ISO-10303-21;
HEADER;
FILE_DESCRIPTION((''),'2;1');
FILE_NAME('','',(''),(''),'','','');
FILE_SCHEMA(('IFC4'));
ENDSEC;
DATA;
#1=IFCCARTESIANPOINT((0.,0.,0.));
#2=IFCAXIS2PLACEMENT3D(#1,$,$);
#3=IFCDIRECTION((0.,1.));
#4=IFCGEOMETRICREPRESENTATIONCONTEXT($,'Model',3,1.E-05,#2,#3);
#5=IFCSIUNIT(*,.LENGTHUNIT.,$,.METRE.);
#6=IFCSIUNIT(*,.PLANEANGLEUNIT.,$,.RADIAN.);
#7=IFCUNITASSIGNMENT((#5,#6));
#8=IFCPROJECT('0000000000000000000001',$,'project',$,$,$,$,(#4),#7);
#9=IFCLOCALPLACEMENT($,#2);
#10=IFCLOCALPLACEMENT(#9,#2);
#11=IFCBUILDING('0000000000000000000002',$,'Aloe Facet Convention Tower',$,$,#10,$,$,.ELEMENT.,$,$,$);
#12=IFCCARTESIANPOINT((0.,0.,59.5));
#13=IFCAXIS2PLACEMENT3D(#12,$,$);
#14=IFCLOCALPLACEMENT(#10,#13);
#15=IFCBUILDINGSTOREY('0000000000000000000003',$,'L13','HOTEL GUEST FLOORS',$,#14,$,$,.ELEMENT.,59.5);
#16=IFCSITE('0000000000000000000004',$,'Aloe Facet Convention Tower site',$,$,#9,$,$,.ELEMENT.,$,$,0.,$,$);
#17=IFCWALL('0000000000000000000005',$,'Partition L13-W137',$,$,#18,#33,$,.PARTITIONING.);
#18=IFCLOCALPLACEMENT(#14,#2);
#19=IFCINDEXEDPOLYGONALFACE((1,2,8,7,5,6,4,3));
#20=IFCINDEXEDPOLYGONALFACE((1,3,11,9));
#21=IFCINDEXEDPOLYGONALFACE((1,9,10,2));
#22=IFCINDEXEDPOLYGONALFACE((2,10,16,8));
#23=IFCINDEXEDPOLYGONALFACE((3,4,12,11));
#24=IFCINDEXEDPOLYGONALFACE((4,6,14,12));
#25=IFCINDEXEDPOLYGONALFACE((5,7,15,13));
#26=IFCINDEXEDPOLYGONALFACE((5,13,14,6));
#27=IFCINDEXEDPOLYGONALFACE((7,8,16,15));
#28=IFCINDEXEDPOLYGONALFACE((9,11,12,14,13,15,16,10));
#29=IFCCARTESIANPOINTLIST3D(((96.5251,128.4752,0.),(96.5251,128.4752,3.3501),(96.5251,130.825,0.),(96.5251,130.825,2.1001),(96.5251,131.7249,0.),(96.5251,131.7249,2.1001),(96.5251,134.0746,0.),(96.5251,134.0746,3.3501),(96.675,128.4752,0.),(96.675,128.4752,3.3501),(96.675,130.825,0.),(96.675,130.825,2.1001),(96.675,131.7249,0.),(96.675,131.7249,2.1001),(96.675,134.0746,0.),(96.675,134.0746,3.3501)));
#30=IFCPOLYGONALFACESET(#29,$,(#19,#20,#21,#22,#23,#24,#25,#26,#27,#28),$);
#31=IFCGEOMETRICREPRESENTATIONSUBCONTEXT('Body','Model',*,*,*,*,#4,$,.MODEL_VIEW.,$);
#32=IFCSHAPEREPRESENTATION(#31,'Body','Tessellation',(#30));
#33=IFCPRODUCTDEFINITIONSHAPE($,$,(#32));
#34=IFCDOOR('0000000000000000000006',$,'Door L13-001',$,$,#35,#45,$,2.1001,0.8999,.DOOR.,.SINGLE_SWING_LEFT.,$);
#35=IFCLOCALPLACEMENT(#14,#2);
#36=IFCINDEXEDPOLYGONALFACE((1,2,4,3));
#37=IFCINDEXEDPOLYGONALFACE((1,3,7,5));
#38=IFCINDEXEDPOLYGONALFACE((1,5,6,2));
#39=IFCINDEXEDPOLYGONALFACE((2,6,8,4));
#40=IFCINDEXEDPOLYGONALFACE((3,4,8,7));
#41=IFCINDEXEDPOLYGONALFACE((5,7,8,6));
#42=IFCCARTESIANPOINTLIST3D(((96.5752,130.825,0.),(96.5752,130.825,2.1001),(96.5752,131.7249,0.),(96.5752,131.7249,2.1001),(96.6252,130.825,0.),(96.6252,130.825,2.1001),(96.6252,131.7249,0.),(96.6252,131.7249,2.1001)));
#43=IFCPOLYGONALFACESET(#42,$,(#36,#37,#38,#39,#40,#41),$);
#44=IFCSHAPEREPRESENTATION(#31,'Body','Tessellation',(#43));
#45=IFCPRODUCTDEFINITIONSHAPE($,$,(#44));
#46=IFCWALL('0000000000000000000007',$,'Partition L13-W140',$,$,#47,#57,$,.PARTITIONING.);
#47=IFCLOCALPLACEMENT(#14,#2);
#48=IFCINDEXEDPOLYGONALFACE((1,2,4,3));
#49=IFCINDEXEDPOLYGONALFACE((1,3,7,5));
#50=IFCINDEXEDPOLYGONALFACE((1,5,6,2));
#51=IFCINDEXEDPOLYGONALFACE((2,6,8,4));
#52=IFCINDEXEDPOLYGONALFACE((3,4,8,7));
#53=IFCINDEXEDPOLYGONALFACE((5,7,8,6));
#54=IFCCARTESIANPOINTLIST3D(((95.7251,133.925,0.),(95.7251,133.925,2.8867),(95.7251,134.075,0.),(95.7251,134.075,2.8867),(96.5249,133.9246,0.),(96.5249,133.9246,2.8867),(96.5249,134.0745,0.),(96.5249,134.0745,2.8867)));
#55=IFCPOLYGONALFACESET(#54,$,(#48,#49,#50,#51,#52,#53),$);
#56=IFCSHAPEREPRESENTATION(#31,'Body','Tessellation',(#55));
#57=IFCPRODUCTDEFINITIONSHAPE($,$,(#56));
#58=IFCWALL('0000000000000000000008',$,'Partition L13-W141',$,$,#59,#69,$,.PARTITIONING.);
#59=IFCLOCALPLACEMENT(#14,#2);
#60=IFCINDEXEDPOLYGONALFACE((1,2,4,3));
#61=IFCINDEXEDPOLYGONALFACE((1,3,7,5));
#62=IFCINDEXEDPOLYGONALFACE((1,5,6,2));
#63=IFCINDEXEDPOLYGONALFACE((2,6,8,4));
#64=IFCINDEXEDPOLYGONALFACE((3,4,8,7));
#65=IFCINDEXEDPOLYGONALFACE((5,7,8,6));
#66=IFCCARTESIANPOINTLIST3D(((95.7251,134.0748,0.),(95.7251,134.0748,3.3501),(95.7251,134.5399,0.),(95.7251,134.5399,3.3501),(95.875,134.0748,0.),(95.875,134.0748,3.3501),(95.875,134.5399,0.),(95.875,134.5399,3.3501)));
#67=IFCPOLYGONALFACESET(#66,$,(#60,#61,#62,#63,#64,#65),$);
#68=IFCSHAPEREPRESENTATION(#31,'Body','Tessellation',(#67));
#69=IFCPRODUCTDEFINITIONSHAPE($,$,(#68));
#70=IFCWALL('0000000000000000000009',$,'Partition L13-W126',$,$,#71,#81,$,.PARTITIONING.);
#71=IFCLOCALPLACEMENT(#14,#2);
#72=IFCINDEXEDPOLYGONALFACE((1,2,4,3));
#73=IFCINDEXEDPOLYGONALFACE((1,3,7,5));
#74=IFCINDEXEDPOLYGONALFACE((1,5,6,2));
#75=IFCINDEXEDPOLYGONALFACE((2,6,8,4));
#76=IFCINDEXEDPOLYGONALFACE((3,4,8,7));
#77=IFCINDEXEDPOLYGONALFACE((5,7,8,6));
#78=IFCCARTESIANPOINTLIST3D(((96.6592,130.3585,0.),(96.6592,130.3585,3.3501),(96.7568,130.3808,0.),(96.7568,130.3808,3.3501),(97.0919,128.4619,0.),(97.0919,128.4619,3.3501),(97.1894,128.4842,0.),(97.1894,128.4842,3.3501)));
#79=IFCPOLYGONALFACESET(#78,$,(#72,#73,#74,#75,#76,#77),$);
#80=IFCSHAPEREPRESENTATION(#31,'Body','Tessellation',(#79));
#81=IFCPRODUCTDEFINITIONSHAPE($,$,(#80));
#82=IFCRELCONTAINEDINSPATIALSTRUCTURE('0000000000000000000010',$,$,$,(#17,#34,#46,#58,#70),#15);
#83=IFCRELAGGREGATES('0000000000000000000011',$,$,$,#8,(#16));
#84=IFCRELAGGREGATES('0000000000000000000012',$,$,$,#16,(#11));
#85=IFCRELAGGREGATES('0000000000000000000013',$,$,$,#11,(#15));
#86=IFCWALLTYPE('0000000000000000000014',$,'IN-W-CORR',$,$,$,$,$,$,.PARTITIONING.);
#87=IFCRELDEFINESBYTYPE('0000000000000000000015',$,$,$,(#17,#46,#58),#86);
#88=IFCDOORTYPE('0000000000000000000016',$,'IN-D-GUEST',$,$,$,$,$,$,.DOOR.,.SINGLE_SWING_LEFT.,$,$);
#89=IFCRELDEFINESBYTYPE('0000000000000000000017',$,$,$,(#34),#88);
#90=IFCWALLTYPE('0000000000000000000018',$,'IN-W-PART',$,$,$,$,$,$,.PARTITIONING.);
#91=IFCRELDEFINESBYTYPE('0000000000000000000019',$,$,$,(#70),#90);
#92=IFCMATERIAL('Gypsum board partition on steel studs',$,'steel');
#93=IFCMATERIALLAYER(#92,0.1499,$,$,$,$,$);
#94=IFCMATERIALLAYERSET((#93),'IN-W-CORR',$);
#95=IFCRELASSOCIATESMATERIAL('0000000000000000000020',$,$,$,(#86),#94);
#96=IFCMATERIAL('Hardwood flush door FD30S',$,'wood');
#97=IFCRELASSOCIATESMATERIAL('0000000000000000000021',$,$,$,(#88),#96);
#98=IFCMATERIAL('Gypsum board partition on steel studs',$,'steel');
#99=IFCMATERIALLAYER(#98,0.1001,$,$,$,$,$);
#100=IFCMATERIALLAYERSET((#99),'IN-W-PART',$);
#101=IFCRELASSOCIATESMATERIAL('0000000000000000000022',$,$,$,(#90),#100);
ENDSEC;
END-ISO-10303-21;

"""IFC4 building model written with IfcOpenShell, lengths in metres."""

from ifc_helpers import new_model, si_unit, direction, frame, frame_2d, origin, place, context, subcontext, project, spatial, rectangle, extrude, material, layer, layer_set, type_object, element, fill, save


model = new_model("IFC4")

# Units and contexts
model_context = context("Model", 3, precision=1e-05, world=origin(), true_north=direction((0.0, 1.0)))
body_context = subcontext(model_context, "Body", "Model", "MODEL_VIEW")
ifc_project = project(units=[si_unit("LENGTHUNIT", "METRE"), si_unit("PLANEANGLEUNIT", "RADIAN")], contexts=[model_context])

# Site, building, storey
site_placement = place(None, origin())
site = spatial("IfcSite", under=ifc_project, at=site_placement, Name="Aloe Facet Convention Tower site", CompositionType="ELEMENT", RefElevation=0.0)
building_placement = place(site_placement, origin())
building = spatial("IfcBuilding", under=site, at=building_placement, Name="Aloe Facet Convention Tower", CompositionType="ELEMENT")
storey_placement = place(building_placement, frame((0.0, 0.0, 59.5)))
storey = spatial("IfcBuildingStorey", under=building, at=storey_placement, Name="L13", Description="HOTEL GUEST FLOORS", CompositionType="ELEMENT", Elevation=59.5)

# Shared definitions
ifc_material_1 = material(Name="Gypsum board partition on steel studs", Category="steel")
ifc_layer_1 = layer(ifc_material_1, 0.1499)
ifc_layer_set_1 = layer_set([ifc_layer_1], Name="IN-W-CORR")
wall_type_1 = type_object("IfcWallType", Name="IN-W-CORR", PredefinedType="PARTITIONING", material=ifc_layer_set_1)
ifc_material_2 = material(Name="Hardwood flush door FD30S", Category="wood")
door_type_1 = type_object("IfcDoorType", Name="IN-D-GUEST", OperationType="SINGLE_SWING_LEFT", PredefinedType="DOOR", material=ifc_material_2)

# Wall, opening, door
wall_1_placement = place(storey_placement, frame((96.6001, 128.4751, 0.0), z_axis=(0.0, 0.0, 1.0), x_axis=(0.0, 1.0, 0.0)))
wall_1 = element("IfcWall", 1, at=wall_1_placement, inside=storey, type_object=wall_type_1, Name="Partition L13-W137", PredefinedType="PARTITIONING", context=body_context, shape_type="SweptSolid", body=[
    extrude(rectangle(XDim=5.5994, YDim=0.1499, at=frame_2d((2.7998, 0.0))), origin(), (0.0, 0.0, 1.0), 3.3501),
])
opening_1_placement = place(wall_1_placement, frame((2.3499, 0.0, 0.0)))
opening_1 = element("IfcOpeningElement", 2, at=opening_1_placement, cuts=wall_1, PredefinedType="OPENING", context=body_context, shape_type="SweptSolid", body=[
    extrude(rectangle(XDim=0.8999, YDim=2.1001, at=frame_2d((0.45, 1.05))), frame((0.0, 0.085, 0.0), z_axis=(0.0, -1.0, 0.0), x_axis=(1.0, 0.0, 0.0)), (0.0, 0.0, 1.0), 0.1699),
])
door_1_placement = place(opening_1_placement, origin())
door_1 = element("IfcDoor", 3, at=door_1_placement, inside=storey, type_object=door_type_1, Name="Door L13-001", OperationType="SINGLE_SWING_LEFT", OverallHeight=2.1001, OverallWidth=0.8999, PredefinedType="DOOR", context=body_context, shape_type="SweptSolid", body=[
    extrude(rectangle(XDim=0.8999, YDim=2.1001, at=frame_2d((0.45, 1.05))), frame((0.0, 0.0249, 0.0), z_axis=(0.0, -1.0, 0.0), x_axis=(1.0, 0.0, 0.0)), (0.0, 0.0, 1.0), 0.05),
])
fill(opening_1, door_1)

# Walls
wall_2_placement = place(storey_placement, frame((95.7251, 134.0, 0.0), z_axis=(0.0, 0.0, 1.0), x_axis=(1.0, -0.000611, 0.0)))
element("IfcWall", 4, at=wall_2_placement, inside=storey, type_object=wall_type_1, Name="Partition L13-W140", PredefinedType="PARTITIONING", context=body_context, shape_type="SweptSolid", body=[
    extrude(rectangle(XDim=0.7998, YDim=0.1499, at=frame_2d((0.3999, 0.0))), origin(), (0.0, 0.0, 1.0), 2.8867),
])
wall_3_placement = place(storey_placement, frame((95.8, 134.075, 0.0), z_axis=(0.0, 0.0, 1.0), x_axis=(0.0, 1.0, 0.0)))
element("IfcWall", 5, at=wall_3_placement, inside=storey, type_object=wall_type_1, Name="Partition L13-W141", PredefinedType="PARTITIONING", context=body_context, shape_type="SweptSolid", body=[
    extrude(rectangle(XDim=0.4651, YDim=0.1499, at=frame_2d((0.2324, 0.0))), origin(), (0.0, 0.0, 1.0), 3.3501),
])
ifc_material_3 = material(Name="Gypsum board partition on steel studs", Category="steel")
ifc_layer_2 = layer(ifc_material_3, 0.1001)
ifc_layer_set_2 = layer_set([ifc_layer_2], Name="IN-W-PART")
wall_type_2 = type_object("IfcWallType", Name="IN-W-PART", PredefinedType="PARTITIONING", material=ifc_layer_set_2)
wall_4_placement = place(storey_placement, frame((96.708, 130.3696, 0.0), z_axis=(0.0, 0.0, 1.0), x_axis=(0.222402, -0.974955, 0.0)))
element("IfcWall", 6, at=wall_4_placement, inside=storey, type_object=wall_type_2, Name="Partition L13-W126", PredefinedType="PARTITIONING", context=body_context, shape_type="SweptSolid", body=[
    extrude(rectangle(XDim=1.9453, YDim=0.1001, at=frame_2d((0.9727, 0.0))), origin(), (0.0, 0.0, 1.0), 3.3501),
])

save(model, "model.ifc")
